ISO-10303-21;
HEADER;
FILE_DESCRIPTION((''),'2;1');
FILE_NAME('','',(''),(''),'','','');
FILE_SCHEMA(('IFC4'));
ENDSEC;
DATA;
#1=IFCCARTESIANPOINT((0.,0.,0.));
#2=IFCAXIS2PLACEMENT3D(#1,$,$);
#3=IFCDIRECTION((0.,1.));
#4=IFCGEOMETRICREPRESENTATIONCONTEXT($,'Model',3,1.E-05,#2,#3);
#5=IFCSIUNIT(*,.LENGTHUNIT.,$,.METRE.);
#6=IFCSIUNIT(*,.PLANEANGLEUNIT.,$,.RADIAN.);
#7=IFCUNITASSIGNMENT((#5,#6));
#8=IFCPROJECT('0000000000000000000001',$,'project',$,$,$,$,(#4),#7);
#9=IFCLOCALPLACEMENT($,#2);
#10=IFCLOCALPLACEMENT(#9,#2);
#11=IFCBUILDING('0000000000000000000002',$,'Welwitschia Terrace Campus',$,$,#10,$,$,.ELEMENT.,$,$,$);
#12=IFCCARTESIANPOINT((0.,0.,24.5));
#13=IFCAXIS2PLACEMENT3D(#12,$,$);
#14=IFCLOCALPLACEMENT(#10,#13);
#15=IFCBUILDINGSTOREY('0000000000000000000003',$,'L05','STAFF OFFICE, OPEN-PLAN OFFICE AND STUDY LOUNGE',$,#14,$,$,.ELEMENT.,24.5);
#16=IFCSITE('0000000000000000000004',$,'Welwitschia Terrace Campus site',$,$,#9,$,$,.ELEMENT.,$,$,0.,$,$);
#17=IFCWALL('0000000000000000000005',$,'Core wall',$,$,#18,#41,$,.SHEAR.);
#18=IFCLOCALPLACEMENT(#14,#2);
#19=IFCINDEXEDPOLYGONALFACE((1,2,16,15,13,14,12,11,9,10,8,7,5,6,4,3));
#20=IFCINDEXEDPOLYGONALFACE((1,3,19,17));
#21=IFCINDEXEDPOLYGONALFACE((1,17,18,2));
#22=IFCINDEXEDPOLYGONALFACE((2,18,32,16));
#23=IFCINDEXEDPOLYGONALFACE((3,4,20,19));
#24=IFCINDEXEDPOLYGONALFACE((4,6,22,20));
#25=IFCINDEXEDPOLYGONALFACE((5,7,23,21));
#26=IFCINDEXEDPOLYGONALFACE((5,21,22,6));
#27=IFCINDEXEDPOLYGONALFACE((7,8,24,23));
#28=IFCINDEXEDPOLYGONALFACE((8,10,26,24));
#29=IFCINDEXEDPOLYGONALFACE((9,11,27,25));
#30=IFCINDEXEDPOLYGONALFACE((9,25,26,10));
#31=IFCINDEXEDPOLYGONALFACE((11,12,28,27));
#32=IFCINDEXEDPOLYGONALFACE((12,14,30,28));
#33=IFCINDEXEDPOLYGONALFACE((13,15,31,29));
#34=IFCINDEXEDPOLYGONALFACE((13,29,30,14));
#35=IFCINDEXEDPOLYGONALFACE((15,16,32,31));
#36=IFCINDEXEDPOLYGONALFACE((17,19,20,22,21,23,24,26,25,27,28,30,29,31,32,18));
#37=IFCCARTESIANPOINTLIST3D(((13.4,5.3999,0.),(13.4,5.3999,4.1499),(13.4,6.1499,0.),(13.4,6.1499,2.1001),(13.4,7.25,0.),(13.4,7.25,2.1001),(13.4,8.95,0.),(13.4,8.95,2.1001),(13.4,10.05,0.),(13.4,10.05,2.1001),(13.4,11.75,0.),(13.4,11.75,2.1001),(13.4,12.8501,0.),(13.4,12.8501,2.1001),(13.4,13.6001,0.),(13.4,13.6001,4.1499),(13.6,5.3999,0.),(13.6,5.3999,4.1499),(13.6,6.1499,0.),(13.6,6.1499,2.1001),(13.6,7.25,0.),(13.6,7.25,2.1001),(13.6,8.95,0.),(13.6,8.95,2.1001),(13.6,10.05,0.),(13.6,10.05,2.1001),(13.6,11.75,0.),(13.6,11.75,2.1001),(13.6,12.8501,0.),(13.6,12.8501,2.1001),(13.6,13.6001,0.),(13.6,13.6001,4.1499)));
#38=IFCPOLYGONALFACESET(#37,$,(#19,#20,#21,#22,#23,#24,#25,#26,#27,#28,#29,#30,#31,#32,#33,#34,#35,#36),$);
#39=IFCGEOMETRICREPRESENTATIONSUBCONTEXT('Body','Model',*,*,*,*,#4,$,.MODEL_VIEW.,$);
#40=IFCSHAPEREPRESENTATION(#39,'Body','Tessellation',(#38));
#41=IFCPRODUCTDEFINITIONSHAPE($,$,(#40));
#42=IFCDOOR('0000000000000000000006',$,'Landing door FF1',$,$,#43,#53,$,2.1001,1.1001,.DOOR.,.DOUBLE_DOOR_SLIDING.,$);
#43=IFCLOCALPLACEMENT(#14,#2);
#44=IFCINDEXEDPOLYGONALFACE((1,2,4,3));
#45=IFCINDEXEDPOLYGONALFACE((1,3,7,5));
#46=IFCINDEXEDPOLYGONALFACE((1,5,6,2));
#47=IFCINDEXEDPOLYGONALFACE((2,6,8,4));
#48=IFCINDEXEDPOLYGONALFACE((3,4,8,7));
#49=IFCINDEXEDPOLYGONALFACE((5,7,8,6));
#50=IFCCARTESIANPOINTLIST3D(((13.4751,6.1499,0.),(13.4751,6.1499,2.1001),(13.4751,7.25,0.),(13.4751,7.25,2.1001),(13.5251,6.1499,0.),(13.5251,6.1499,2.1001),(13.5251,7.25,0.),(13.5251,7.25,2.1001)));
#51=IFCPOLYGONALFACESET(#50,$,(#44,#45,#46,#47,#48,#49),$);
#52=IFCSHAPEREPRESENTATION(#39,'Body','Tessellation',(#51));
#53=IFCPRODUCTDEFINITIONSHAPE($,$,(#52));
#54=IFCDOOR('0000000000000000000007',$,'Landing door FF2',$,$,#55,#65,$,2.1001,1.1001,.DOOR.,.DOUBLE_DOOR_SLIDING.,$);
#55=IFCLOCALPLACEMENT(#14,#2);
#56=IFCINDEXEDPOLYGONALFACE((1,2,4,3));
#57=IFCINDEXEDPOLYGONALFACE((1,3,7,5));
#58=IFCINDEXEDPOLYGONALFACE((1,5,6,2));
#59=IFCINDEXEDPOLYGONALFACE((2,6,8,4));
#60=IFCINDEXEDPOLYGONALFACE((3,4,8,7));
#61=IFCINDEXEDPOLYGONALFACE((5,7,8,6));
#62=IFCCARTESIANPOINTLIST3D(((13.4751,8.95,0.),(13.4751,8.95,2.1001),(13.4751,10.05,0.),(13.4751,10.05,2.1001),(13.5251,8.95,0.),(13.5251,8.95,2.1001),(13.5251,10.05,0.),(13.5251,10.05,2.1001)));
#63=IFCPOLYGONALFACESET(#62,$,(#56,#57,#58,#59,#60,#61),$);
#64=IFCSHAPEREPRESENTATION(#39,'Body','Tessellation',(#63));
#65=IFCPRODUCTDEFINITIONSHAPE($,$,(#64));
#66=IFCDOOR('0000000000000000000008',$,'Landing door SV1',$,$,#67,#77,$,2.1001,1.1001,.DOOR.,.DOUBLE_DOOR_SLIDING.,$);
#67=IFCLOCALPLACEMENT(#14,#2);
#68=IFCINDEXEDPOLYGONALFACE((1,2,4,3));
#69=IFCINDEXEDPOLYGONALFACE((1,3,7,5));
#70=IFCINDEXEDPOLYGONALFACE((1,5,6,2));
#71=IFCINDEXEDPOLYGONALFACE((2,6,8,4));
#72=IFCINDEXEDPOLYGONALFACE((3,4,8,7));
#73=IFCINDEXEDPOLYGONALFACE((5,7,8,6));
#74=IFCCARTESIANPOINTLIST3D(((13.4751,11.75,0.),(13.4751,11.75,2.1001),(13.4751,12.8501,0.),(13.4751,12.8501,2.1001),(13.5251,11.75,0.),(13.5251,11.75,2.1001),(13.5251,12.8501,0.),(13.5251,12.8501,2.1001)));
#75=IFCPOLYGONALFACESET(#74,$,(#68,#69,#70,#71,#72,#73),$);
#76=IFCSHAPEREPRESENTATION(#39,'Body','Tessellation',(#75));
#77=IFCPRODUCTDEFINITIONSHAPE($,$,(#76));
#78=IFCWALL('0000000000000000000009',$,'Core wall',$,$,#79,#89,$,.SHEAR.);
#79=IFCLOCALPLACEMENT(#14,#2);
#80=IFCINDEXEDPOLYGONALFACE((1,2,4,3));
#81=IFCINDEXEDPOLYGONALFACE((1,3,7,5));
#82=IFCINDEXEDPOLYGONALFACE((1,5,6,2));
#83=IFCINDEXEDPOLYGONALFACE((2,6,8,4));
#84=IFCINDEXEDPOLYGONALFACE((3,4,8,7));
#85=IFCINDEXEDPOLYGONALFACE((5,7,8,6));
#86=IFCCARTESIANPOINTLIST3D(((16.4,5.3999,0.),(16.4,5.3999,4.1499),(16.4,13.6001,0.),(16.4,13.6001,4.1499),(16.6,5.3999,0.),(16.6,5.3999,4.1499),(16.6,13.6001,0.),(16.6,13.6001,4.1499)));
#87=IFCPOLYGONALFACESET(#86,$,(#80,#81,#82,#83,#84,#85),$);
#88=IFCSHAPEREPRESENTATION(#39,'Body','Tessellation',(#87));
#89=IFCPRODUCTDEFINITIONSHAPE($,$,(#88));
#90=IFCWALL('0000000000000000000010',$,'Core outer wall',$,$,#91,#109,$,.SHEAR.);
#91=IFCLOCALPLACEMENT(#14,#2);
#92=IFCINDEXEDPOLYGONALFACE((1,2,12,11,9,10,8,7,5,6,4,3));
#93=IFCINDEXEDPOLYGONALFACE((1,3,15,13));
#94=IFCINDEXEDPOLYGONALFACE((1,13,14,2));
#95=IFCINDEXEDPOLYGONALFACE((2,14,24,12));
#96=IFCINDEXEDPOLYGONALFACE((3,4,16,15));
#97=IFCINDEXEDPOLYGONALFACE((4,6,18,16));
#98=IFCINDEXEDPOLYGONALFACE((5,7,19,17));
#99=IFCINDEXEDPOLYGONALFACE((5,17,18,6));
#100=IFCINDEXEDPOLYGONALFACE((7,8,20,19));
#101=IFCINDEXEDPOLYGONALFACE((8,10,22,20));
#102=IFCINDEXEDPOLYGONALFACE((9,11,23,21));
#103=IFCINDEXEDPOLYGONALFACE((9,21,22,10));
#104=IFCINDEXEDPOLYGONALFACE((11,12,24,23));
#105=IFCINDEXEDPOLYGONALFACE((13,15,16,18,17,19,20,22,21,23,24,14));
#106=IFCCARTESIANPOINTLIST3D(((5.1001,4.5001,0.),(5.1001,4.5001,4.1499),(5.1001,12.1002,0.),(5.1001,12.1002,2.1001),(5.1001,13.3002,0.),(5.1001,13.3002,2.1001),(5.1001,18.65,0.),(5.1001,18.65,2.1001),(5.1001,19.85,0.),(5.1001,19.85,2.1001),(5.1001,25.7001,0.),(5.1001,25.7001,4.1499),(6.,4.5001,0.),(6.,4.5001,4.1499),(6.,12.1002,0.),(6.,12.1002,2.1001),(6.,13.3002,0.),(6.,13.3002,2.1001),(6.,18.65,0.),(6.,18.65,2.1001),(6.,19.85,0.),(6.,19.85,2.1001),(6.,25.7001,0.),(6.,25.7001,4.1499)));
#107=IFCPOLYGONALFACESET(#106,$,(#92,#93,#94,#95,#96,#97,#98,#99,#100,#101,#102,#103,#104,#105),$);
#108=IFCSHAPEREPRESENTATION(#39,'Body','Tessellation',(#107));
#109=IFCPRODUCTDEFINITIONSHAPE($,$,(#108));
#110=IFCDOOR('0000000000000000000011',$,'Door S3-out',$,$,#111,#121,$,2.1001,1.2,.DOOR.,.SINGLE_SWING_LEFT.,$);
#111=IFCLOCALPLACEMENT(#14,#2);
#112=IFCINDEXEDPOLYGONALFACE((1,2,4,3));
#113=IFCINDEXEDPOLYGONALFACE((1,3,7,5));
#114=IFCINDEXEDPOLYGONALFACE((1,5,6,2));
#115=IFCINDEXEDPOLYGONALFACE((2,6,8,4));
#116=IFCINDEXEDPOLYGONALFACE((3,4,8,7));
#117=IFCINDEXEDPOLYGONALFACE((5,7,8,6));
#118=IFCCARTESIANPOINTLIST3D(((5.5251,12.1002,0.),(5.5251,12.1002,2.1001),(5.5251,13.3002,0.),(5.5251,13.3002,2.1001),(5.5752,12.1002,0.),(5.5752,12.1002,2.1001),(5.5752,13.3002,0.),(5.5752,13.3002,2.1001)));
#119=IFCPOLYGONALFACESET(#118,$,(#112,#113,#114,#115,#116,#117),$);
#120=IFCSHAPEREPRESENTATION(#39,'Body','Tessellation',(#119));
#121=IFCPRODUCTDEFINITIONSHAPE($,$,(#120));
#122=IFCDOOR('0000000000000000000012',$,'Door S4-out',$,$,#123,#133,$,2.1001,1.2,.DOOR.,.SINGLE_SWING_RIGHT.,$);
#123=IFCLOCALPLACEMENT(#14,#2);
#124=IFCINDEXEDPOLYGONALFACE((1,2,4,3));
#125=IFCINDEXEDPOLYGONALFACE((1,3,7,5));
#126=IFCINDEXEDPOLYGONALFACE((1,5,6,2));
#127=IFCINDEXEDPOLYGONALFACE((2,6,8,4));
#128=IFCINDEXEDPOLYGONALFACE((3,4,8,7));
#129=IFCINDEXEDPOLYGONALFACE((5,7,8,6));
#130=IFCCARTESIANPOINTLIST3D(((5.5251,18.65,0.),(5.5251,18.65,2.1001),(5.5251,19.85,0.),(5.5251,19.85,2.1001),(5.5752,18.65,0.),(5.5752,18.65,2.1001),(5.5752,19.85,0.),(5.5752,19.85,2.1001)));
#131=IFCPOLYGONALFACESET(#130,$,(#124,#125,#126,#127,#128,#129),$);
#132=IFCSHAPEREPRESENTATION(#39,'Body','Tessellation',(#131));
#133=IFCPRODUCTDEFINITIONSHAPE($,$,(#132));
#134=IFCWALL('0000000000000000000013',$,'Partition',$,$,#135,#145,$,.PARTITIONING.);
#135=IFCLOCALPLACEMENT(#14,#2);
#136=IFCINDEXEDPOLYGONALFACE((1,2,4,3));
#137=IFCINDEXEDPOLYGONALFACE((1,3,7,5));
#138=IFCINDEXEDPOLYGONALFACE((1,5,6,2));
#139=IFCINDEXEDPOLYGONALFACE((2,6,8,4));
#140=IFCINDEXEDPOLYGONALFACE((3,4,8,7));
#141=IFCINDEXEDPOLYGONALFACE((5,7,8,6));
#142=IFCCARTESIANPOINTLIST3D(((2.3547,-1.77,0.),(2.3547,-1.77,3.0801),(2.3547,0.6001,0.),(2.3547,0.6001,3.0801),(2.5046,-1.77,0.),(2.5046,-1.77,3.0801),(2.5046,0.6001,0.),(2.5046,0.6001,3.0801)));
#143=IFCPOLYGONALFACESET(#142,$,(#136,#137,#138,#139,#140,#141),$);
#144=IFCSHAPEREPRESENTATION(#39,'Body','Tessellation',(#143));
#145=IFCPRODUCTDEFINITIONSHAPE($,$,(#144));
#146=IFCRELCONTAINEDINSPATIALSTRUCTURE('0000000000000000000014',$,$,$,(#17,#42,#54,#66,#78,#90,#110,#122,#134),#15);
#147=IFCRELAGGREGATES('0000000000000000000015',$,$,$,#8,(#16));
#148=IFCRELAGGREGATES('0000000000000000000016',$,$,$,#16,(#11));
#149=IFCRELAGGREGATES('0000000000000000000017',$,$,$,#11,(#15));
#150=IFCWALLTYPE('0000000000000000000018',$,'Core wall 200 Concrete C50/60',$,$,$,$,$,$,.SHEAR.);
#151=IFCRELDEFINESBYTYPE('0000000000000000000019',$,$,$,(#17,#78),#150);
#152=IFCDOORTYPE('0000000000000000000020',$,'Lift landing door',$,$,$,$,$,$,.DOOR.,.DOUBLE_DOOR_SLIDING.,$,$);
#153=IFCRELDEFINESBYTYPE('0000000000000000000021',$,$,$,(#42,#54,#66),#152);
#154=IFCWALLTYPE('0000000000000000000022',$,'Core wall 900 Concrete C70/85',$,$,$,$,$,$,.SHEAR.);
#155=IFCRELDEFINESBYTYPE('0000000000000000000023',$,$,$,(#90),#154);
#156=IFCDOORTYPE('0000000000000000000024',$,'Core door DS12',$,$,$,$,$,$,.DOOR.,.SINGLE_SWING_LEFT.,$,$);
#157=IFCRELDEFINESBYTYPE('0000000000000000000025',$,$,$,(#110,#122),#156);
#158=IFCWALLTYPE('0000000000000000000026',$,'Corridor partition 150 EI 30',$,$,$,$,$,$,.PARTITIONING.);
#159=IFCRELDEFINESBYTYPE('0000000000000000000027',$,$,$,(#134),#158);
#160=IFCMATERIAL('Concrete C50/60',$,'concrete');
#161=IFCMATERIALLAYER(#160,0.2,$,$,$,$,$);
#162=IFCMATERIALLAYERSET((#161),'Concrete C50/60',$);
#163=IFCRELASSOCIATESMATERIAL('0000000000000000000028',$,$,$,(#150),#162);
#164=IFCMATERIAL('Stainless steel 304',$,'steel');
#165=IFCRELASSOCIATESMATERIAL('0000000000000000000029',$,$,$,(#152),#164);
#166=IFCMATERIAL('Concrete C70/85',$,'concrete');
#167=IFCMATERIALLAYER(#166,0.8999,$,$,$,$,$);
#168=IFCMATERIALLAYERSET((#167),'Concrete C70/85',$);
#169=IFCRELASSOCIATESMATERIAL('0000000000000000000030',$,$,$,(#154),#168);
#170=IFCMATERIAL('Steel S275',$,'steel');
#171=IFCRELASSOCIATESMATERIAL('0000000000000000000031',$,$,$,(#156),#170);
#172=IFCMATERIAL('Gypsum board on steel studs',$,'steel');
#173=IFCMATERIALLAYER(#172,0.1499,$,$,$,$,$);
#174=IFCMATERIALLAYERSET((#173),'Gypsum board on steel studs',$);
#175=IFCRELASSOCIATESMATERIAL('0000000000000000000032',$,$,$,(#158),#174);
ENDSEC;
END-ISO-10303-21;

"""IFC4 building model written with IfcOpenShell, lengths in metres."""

from ifc_helpers import new_model, si_unit, direction, frame, frame_2d, origin, place, context, subcontext, project, spatial, rectangle, extrude, material, layer, layer_set, type_object, element, fill, save


model = new_model("IFC4")

# Units and contexts
model_context = context("Model", 3, precision=1e-05, world=origin(), true_north=direction((0.0, 1.0)))
body_context = subcontext(model_context, "Body", "Model", "MODEL_VIEW")
ifc_project = project(units=[si_unit("LENGTHUNIT", "METRE"), si_unit("PLANEANGLEUNIT", "RADIAN")], contexts=[model_context])

# Site, building, storey
site_placement = place(None, origin())
site = spatial("IfcSite", under=ifc_project, at=site_placement, Name="Welwitschia Terrace Campus site", CompositionType="ELEMENT", RefElevation=0.0)
building_placement = place(site_placement, origin())
building = spatial("IfcBuilding", under=site, at=building_placement, Name="Welwitschia Terrace Campus", CompositionType="ELEMENT")
storey_placement = place(building_placement, frame((0.0, 0.0, 24.5)))
storey = spatial("IfcBuildingStorey", under=building, at=storey_placement, Name="L05", Description="STAFF OFFICE, OPEN-PLAN OFFICE AND STUDY LOUNGE", CompositionType="ELEMENT", Elevation=24.5)

# Wall, openings, doors
ifc_material_1 = material(Name="Concrete C50/60", Category="concrete")
ifc_layer_1 = layer(ifc_material_1, 0.2)
ifc_layer_set_1 = layer_set([ifc_layer_1], Name="Concrete C50/60")
wall_type_1 = type_object("IfcWallType", Name="Core wall 200 Concrete C50/60", PredefinedType="SHEAR", material=ifc_layer_set_1)
wall_1_placement = place(storey_placement, frame((13.5, 5.3999, 0.0), z_axis=(0.0, 0.0, 1.0), x_axis=(0.0, 1.0, 0.0)))
wall_1 = element("IfcWall", 1, at=wall_1_placement, inside=storey, type_object=wall_type_1, Name="Core wall", PredefinedType="SHEAR", context=body_context, shape_type="SweptSolid", body=[
    extrude(rectangle(XDim=8.2002, YDim=0.2, at=frame_2d((4.1001, 0.0))), origin(), (0.0, 0.0, 1.0), 4.1499),
])
opening_1_placement = place(wall_1_placement, frame((0.75, 0.0, 0.0)))
opening_1 = element("IfcOpeningElement", 2, at=opening_1_placement, cuts=wall_1, PredefinedType="OPENING", context=body_context, shape_type="SweptSolid", body=[
    extrude(rectangle(XDim=1.1001, YDim=2.1001, at=frame_2d((0.55, 1.05))), frame((0.0, 0.1099, 0.0), z_axis=(0.0, -1.0, 0.0), x_axis=(1.0, 0.0, 0.0)), (0.0, 0.0, 1.0), 0.22),
])
opening_2_placement = place(wall_1_placement, frame((3.55, 0.0, 0.0)))
opening_2 = element("IfcOpeningElement", 3, at=opening_2_placement, cuts=wall_1, PredefinedType="OPENING", context=body_context, shape_type="SweptSolid", body=[
    extrude(rectangle(XDim=1.1001, YDim=2.1001, at=frame_2d((0.55, 1.05))), frame((0.0, 0.1099, 0.0), z_axis=(0.0, -1.0, 0.0), x_axis=(1.0, 0.0, 0.0)), (0.0, 0.0, 1.0), 0.22),
])
opening_3_placement = place(wall_1_placement, frame((6.3501, 0.0, 0.0)))
opening_3 = element("IfcOpeningElement", 4, at=opening_3_placement, cuts=wall_1, PredefinedType="OPENING", context=body_context, shape_type="SweptSolid", body=[
    extrude(rectangle(XDim=1.1001, YDim=2.1001, at=frame_2d((0.55, 1.05))), frame((0.0, 0.1099, 0.0), z_axis=(0.0, -1.0, 0.0), x_axis=(1.0, 0.0, 0.0)), (0.0, 0.0, 1.0), 0.22),
])
ifc_material_2 = material(Name="Stainless steel 304", Category="steel")
door_type_1 = type_object("IfcDoorType", Name="Lift landing door", OperationType="DOUBLE_DOOR_SLIDING", PredefinedType="DOOR", material=ifc_material_2)
door_1_placement = place(opening_1_placement, origin())
door_1 = element("IfcDoor", 5, at=door_1_placement, inside=storey, type_object=door_type_1, Name="Landing door FF1", OperationType="DOUBLE_DOOR_SLIDING", OverallHeight=2.1001, OverallWidth=1.1001, PredefinedType="DOOR", context=body_context, shape_type="SweptSolid", body=[
    extrude(rectangle(XDim=1.1001, YDim=2.1001, at=frame_2d((0.55, 1.05))), frame((0.0, 0.0249, 0.0), z_axis=(0.0, -1.0, 0.0), x_axis=(1.0, 0.0, 0.0)), (0.0, 0.0, 1.0), 0.05),
])
fill(opening_1, door_1)
door_2_placement = place(opening_2_placement, origin())
door_2 = element("IfcDoor", 6, at=door_2_placement, inside=storey, type_object=door_type_1, Name="Landing door FF2", OperationType="DOUBLE_DOOR_SLIDING", OverallHeight=2.1001, OverallWidth=1.1001, PredefinedType="DOOR", context=body_context, shape_type="SweptSolid", body=[
    extrude(rectangle(XDim=1.1001, YDim=2.1001, at=frame_2d((0.55, 1.05))), frame((0.0, 0.0249, 0.0), z_axis=(0.0, -1.0, 0.0), x_axis=(1.0, 0.0, 0.0)), (0.0, 0.0, 1.0), 0.05),
])
fill(opening_2, door_2)
door_3_placement = place(opening_3_placement, origin())
door_3 = element("IfcDoor", 7, at=door_3_placement, inside=storey, type_object=door_type_1, Name="Landing door SV1", OperationType="DOUBLE_DOOR_SLIDING", OverallHeight=2.1001, OverallWidth=1.1001, PredefinedType="DOOR", context=body_context, shape_type="SweptSolid", body=[
    extrude(rectangle(XDim=1.1001, YDim=2.1001, at=frame_2d((0.55, 1.05))), frame((0.0, 0.0249, 0.0), z_axis=(0.0, -1.0, 0.0), x_axis=(1.0, 0.0, 0.0)), (0.0, 0.0, 1.0), 0.05),
])
fill(opening_3, door_3)

# Wall
wall_2_placement = place(storey_placement, frame((16.5, 5.3999, 0.0), z_axis=(0.0, 0.0, 1.0), x_axis=(0.0, 1.0, 0.0)))
element("IfcWall", 8, at=wall_2_placement, inside=storey, type_object=wall_type_1, Name="Core wall", PredefinedType="SHEAR", context=body_context, shape_type="SweptSolid", body=[
    extrude(rectangle(XDim=8.2002, YDim=0.2, at=frame_2d((4.1001, 0.0))), origin(), (0.0, 0.0, 1.0), 4.1499),
])

# Wall, openings, doors
ifc_material_3 = material(Name="Concrete C70/85", Category="concrete")
ifc_layer_2 = layer(ifc_material_3, 0.8999)
ifc_layer_set_2 = layer_set([ifc_layer_2], Name="Concrete C70/85")
wall_type_2 = type_object("IfcWallType", Name="Core wall 900 Concrete C70/85", PredefinedType="SHEAR", material=ifc_layer_set_2)
wall_3_placement = place(storey_placement, frame((5.55, 4.5, 0.0), z_axis=(0.0, 0.0, 1.0), x_axis=(0.0, 1.0, 0.0)))
wall_3 = element("IfcWall", 9, at=wall_3_placement, inside=storey, type_object=wall_type_2, Name="Core outer wall", PredefinedType="SHEAR", context=body_context, shape_type="SweptSolid", body=[
    extrude(rectangle(XDim=21.2, YDim=0.8999, at=frame_2d((10.6001, 0.0))), origin(), (0.0, 0.0, 1.0), 4.1499),
])
opening_4_placement = place(wall_3_placement, frame((7.6001, 0.0, 0.0)))
opening_4 = element("IfcOpeningElement", 10, at=opening_4_placement, cuts=wall_3, PredefinedType="OPENING", context=body_context, shape_type="SweptSolid", body=[
    extrude(rectangle(XDim=1.2, YDim=2.1001, at=frame_2d((0.6001, 1.05))), frame((0.0, 0.46, 0.0), z_axis=(0.0, -1.0, 0.0), x_axis=(1.0, 0.0, 0.0)), (0.0, 0.0, 1.0), 0.9199),
])
opening_5_placement = place(wall_3_placement, frame((14.1499, 0.0, 0.0)))
opening_5 = element("IfcOpeningElement", 11, at=opening_5_placement, cuts=wall_3, PredefinedType="OPENING", context=body_context, shape_type="SweptSolid", body=[
    extrude(rectangle(XDim=1.2, YDim=2.1001, at=frame_2d((0.6001, 1.05))), frame((0.0, 0.46, 0.0), z_axis=(0.0, -1.0, 0.0), x_axis=(1.0, 0.0, 0.0)), (0.0, 0.0, 1.0), 0.9199),
])
ifc_material_4 = material(Name="Steel S275", Category="steel")
door_type_2 = type_object("IfcDoorType", Name="Core door DS12", OperationType="SINGLE_SWING_LEFT", PredefinedType="DOOR", material=ifc_material_4)
door_4_placement = place(opening_4_placement, origin())
door_4 = element("IfcDoor", 12, at=door_4_placement, inside=storey, type_object=door_type_2, Name="Door S3-out", OperationType="SINGLE_SWING_LEFT", OverallHeight=2.1001, OverallWidth=1.2, PredefinedType="DOOR", context=body_context, shape_type="SweptSolid", body=[
    extrude(rectangle(XDim=1.2, YDim=2.1001, at=frame_2d((0.6001, 1.05))), frame((0.0, 0.0249, 0.0), z_axis=(0.0, -1.0, 0.0), x_axis=(1.0, 0.0, 0.0)), (0.0, 0.0, 1.0), 0.05),
])
fill(opening_4, door_4)
door_5_placement = place(opening_5_placement, origin())
door_5 = element("IfcDoor", 13, at=door_5_placement, inside=storey, type_object=door_type_2, Name="Door S4-out", OperationType="SINGLE_SWING_RIGHT", OverallHeight=2.1001, OverallWidth=1.2, PredefinedType="DOOR", context=body_context, shape_type="SweptSolid", body=[
    extrude(rectangle(XDim=1.2, YDim=2.1001, at=frame_2d((0.6001, 1.05))), frame((0.0, 0.0249, 0.0), z_axis=(0.0, -1.0, 0.0), x_axis=(1.0, 0.0, 0.0)), (0.0, 0.0, 1.0), 0.05),
])
fill(opening_5, door_5)

# Wall
ifc_material_5 = material(Name="Gypsum board on steel studs", Category="steel")
ifc_layer_3 = layer(ifc_material_5, 0.1499)
ifc_layer_set_3 = layer_set([ifc_layer_3], Name="Gypsum board on steel studs")
wall_type_3 = type_object("IfcWallType", Name="Corridor partition 150 EI 30", PredefinedType="PARTITIONING", material=ifc_layer_set_3)
wall_4_placement = place(storey_placement, frame((2.4297, -1.77, 0.0), z_axis=(0.0, 0.0, 1.0), x_axis=(0.0, 1.0, 0.0)))
element("IfcWall", 14, at=wall_4_placement, inside=storey, type_object=wall_type_3, Name="Partition", PredefinedType="PARTITIONING", context=body_context, shape_type="SweptSolid", body=[
    extrude(rectangle(XDim=2.3701, YDim=0.1499, at=frame_2d((1.1851, 0.0))), origin(), (0.0, 0.0, 1.0), 3.0801),
])

save(model, "model.ifc")
